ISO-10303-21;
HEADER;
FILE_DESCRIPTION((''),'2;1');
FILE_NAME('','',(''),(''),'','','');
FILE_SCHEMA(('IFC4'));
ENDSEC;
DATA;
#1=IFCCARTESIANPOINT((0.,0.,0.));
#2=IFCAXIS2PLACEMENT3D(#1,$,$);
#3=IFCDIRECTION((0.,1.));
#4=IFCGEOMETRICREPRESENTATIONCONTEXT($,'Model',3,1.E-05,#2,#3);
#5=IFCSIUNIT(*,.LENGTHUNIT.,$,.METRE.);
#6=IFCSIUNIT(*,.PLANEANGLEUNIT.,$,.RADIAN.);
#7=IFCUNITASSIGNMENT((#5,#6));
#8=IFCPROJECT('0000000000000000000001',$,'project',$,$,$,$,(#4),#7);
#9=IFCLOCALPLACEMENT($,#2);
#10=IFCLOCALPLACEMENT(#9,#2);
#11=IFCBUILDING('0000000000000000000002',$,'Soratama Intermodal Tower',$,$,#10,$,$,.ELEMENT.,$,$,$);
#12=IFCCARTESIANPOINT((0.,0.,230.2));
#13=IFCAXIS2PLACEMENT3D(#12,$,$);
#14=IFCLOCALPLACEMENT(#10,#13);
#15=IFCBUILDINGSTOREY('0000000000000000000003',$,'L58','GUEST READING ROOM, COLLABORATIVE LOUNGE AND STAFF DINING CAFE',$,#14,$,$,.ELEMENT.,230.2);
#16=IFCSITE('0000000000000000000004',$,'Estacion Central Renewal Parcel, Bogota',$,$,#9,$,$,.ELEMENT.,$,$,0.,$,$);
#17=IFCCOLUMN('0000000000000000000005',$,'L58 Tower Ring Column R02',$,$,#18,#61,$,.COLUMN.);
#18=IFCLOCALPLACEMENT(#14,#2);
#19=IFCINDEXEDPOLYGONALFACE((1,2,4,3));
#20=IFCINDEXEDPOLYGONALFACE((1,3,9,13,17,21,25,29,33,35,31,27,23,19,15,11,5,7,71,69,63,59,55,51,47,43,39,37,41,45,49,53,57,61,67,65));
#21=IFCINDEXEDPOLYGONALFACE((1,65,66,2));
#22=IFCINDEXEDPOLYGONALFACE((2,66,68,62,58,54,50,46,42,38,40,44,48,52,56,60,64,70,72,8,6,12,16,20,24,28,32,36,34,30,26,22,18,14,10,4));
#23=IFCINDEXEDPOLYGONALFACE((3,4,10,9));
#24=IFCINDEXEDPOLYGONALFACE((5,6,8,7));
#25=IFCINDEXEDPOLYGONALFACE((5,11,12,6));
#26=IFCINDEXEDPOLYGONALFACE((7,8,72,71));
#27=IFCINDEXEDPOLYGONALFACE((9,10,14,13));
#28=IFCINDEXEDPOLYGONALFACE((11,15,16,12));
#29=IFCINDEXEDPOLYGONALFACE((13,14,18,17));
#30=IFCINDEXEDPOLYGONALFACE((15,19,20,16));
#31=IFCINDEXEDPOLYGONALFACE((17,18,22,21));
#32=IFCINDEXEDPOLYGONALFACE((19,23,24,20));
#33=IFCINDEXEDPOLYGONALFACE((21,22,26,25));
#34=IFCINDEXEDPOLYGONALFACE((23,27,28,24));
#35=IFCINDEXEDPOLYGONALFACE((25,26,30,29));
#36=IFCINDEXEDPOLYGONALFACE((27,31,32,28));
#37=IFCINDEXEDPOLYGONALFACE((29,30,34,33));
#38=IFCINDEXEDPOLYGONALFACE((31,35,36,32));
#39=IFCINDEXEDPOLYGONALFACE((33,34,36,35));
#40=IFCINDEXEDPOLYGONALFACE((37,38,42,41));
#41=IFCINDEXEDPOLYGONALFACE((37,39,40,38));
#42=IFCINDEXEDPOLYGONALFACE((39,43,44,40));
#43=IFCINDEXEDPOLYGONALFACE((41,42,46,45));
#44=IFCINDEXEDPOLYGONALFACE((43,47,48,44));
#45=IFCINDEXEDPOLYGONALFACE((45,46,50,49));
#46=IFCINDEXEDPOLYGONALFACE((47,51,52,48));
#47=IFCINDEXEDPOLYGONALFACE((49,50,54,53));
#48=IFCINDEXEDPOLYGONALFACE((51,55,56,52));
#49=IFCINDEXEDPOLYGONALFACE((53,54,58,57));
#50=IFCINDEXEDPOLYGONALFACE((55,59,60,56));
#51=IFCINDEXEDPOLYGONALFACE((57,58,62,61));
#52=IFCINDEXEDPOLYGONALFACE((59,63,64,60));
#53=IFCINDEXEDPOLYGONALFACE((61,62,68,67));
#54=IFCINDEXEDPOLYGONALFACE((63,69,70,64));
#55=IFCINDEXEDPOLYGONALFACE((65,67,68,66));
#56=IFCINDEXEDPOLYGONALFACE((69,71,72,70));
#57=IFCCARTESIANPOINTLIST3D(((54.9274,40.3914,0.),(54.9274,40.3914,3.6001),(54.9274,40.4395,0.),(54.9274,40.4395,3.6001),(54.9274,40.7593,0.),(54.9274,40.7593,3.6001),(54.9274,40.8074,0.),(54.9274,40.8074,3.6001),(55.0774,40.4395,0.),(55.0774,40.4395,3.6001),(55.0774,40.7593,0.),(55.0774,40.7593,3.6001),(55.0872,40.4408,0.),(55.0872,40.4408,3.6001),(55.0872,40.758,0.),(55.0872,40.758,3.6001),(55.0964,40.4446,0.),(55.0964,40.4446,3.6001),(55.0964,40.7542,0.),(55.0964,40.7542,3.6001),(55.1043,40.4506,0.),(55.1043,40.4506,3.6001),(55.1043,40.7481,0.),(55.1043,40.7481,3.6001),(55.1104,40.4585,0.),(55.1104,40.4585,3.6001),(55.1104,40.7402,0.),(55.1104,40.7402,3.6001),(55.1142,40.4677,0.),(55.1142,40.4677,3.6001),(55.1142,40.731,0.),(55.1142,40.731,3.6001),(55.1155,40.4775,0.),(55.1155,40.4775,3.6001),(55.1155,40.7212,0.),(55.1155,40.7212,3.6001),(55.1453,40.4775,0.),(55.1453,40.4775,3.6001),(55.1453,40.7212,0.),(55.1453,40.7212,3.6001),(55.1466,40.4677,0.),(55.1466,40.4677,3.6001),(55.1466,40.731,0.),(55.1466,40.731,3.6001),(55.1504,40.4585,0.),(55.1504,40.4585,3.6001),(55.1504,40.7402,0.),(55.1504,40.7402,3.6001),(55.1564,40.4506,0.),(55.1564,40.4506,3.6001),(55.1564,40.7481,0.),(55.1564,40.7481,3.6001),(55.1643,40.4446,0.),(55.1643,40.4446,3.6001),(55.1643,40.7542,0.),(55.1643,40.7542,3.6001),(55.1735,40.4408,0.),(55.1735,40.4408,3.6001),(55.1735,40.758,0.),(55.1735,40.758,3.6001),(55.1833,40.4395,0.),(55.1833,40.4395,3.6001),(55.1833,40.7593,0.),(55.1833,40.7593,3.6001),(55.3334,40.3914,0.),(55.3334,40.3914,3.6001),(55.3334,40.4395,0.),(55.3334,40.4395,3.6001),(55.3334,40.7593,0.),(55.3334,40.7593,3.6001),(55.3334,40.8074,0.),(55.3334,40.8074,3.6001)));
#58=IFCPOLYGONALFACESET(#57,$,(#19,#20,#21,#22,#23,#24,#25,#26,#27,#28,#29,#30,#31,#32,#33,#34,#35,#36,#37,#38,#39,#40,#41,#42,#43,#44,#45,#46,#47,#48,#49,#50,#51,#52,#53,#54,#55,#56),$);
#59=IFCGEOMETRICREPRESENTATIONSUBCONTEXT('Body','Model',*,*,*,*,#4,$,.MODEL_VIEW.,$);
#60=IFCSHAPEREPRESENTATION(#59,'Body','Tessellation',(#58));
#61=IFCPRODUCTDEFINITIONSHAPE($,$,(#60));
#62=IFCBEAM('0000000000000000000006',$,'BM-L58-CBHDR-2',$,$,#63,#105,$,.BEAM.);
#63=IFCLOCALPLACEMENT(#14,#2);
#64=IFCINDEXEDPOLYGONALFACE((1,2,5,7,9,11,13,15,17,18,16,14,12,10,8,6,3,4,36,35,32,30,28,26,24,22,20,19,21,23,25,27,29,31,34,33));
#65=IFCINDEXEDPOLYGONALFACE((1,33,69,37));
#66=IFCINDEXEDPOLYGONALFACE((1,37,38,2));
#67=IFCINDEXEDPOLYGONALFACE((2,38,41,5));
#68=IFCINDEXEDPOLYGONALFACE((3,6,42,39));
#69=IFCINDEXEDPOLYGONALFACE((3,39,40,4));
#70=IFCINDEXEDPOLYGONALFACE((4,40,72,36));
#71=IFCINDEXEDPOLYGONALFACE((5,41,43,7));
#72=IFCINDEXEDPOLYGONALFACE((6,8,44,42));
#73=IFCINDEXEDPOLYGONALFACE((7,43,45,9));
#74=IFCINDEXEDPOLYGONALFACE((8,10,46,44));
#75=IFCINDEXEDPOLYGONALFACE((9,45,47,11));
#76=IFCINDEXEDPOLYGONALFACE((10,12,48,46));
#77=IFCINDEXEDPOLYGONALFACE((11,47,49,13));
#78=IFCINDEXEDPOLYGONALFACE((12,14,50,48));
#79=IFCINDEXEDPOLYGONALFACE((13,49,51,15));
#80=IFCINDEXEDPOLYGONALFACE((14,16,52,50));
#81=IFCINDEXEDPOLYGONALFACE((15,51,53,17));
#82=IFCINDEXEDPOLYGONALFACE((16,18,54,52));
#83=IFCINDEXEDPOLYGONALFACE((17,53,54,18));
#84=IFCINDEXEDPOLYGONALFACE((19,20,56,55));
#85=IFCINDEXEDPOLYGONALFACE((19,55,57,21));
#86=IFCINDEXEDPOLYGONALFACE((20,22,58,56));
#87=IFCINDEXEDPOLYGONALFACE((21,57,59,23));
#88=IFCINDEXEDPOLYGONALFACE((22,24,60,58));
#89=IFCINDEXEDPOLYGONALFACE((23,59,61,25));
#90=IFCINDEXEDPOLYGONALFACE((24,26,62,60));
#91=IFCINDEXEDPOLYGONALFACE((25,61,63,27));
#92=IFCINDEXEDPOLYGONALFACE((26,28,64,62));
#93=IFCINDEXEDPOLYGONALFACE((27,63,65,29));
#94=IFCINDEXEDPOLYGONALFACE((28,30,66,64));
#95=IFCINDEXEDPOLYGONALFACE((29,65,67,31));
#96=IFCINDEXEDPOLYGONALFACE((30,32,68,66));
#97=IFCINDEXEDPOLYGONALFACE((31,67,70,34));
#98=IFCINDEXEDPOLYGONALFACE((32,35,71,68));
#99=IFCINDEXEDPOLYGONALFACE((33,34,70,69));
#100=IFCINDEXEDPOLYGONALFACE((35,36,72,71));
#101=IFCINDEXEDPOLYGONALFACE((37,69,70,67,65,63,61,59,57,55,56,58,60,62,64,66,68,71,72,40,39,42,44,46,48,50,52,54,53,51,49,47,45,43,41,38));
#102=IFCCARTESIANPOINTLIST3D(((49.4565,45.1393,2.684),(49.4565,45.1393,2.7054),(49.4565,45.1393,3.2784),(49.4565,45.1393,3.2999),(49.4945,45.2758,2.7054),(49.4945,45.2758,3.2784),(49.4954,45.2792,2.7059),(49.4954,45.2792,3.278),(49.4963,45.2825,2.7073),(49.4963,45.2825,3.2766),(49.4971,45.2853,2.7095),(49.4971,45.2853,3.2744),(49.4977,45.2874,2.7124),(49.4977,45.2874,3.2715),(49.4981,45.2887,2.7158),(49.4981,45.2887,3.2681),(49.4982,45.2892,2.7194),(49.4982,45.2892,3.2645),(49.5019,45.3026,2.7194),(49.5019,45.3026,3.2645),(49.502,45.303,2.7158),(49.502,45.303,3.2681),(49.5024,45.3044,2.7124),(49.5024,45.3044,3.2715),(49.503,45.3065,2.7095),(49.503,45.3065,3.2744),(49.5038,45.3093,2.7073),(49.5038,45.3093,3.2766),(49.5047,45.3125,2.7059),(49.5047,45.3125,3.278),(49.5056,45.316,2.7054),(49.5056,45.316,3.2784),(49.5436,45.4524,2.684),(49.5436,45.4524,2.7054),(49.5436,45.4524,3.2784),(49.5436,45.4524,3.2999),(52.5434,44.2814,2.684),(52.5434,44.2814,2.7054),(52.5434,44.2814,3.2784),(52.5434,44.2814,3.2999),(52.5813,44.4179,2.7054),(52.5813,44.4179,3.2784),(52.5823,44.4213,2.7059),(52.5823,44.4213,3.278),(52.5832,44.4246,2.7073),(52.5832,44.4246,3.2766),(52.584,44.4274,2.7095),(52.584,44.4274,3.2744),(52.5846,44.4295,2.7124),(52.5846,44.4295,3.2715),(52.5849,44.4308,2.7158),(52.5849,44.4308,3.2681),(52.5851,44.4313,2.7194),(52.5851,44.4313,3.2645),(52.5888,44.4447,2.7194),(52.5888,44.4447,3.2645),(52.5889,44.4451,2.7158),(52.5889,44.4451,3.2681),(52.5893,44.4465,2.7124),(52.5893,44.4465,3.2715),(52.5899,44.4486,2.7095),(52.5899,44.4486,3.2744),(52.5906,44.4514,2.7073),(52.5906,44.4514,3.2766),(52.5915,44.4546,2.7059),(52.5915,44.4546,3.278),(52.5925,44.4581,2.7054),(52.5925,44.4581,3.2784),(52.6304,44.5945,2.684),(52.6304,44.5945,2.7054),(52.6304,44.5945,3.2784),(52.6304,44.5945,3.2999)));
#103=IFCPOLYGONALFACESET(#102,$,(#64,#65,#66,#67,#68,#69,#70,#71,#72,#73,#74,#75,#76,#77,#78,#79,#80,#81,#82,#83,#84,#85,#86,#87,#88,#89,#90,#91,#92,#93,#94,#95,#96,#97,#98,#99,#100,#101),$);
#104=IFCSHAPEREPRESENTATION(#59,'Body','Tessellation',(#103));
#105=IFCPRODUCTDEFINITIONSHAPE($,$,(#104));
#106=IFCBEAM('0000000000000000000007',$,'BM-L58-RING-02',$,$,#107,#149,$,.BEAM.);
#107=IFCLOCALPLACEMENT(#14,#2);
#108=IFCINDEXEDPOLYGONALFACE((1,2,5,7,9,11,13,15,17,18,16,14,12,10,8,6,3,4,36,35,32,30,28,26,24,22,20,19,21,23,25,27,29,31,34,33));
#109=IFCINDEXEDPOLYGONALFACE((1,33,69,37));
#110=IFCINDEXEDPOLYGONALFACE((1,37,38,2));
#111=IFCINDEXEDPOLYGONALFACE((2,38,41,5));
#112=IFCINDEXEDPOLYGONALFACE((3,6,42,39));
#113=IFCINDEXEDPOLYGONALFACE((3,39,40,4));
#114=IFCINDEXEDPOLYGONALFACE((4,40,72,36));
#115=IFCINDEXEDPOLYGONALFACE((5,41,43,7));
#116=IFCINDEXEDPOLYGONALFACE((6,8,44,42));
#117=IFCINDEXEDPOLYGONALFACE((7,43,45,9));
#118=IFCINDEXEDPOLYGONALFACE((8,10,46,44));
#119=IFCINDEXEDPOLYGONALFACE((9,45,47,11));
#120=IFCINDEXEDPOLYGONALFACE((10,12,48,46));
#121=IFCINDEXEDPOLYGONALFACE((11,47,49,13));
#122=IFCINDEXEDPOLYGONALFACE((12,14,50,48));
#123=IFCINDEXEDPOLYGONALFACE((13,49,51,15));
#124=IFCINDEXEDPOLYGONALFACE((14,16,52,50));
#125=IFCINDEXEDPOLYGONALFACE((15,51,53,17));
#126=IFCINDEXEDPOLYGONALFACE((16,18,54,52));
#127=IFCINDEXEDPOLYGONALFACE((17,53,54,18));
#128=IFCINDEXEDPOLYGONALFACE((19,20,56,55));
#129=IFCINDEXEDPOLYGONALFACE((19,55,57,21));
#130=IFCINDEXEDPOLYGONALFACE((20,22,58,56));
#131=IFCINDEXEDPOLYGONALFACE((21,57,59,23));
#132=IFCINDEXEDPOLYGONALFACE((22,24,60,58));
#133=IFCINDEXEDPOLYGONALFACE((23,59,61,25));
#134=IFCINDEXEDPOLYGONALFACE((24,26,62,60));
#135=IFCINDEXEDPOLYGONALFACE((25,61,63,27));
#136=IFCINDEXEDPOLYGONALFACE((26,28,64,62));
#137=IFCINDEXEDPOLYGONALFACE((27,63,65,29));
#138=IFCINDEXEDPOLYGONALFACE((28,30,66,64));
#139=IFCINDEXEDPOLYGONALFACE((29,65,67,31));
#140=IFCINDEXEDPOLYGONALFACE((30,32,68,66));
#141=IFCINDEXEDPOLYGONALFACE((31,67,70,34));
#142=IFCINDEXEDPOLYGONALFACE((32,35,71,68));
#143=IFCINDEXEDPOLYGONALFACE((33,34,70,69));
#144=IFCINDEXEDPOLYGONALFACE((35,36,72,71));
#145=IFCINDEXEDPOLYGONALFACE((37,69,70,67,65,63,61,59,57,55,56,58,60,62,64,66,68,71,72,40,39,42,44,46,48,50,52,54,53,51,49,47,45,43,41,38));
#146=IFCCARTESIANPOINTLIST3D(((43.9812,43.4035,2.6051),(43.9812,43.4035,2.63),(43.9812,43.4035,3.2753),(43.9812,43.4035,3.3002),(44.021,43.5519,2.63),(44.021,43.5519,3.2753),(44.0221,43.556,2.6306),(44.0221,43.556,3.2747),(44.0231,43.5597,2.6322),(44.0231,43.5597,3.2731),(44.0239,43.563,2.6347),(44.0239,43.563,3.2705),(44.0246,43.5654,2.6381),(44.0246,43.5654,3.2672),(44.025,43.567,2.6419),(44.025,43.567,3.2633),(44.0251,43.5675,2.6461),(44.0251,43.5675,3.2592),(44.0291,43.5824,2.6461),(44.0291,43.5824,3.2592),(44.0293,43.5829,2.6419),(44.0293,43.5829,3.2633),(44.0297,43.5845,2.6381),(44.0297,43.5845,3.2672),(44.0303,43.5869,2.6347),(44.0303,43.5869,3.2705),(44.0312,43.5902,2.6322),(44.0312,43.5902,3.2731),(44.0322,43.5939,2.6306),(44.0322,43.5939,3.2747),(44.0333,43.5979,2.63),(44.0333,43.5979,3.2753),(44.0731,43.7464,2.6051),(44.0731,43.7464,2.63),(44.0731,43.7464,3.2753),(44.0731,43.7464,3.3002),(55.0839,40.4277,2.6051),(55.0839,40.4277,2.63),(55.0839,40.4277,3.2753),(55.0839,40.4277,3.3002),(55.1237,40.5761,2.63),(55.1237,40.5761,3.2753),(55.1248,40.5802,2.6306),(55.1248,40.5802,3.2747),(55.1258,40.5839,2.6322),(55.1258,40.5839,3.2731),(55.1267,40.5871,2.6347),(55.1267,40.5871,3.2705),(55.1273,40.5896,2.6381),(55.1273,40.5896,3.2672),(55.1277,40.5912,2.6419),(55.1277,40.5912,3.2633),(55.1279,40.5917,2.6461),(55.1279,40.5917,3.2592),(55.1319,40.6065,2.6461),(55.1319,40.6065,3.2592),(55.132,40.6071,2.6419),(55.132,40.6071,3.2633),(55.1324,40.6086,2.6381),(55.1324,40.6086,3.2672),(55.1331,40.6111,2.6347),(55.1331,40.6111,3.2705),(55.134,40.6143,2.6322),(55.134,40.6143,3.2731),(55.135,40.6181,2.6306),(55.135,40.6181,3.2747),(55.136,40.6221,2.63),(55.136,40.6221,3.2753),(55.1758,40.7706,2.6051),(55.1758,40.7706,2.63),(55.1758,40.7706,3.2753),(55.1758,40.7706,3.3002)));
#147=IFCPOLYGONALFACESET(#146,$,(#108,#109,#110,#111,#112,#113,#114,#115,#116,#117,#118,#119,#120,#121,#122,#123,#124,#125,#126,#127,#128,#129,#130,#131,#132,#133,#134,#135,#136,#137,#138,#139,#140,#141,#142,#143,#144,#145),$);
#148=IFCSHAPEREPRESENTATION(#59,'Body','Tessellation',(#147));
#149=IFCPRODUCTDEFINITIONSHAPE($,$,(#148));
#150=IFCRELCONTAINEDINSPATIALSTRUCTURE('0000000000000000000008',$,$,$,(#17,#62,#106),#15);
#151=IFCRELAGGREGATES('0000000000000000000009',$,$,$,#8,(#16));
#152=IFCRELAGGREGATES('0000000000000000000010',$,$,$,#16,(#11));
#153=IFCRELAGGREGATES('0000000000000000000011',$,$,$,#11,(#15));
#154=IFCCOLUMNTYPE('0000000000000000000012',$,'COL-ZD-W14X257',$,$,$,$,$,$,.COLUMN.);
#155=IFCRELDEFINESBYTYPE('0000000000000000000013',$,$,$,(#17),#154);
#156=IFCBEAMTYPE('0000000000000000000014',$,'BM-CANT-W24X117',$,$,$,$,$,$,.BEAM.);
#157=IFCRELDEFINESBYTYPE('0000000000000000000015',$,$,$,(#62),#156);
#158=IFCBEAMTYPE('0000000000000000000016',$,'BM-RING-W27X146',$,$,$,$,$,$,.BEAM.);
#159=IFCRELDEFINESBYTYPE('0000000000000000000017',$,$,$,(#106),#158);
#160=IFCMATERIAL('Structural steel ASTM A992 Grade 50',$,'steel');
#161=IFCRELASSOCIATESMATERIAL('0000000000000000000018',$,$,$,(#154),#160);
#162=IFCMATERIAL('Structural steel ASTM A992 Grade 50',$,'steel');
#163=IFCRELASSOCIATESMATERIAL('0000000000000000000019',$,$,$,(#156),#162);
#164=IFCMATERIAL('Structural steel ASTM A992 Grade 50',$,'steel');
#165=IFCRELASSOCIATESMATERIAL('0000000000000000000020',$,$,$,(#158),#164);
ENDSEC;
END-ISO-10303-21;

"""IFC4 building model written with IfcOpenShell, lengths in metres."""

from ifc_helpers import new_model, si_unit, direction, frame, origin, origin_2d, place, context, subcontext, project, spatial, i_section, extrude, material, material_profile, profile_set, type_object, element, save


model = new_model("IFC4")

# Units and contexts
model_context = context("Model", 3, precision=1e-05, world=origin(), true_north=direction((0.0, 1.0)))
body_context = subcontext(model_context, "Body", "Model", "MODEL_VIEW")
ifc_project = project(units=[si_unit("LENGTHUNIT", "METRE"), si_unit("PLANEANGLEUNIT", "RADIAN")], contexts=[model_context])

# Site, building, storey
site_placement = place(None, origin())
site = spatial("IfcSite", under=ifc_project, at=site_placement, Name="Estacion Central Renewal Parcel, Bogota", CompositionType="ELEMENT", RefElevation=0.0)
building_placement = place(site_placement, origin())
building = spatial("IfcBuilding", under=site, at=building_placement, Name="Soratama Intermodal Tower", CompositionType="ELEMENT")
storey_placement = place(building_placement, frame((0.0, 0.0, 230.2)))
storey = spatial("IfcBuildingStorey", under=building, at=storey_placement, Name="L58", Description="GUEST READING ROOM, COLLABORATIVE LOUNGE AND STAFF DINING CAFE", CompositionType="ELEMENT", Elevation=230.2)

# Column
ifc_material_1 = material(Name="Structural steel ASTM A992 Grade 50", Category="steel")
ifc_material_profile_1 = material_profile(ifc_material_1, i_section(OverallWidth=0.406, OverallDepth=0.416, WebThickness=0.0298, FlangeThickness=0.0481, FilletRadius=0.0381, at=origin_2d()), Name="W14X257")
ifc_profile_set_1 = profile_set([ifc_material_profile_1], Name="Structural steel ASTM A992 Grade 50")
column_type = type_object("IfcColumnType", Name="COL-ZD-W14X257", PredefinedType="COLUMN", material=ifc_profile_set_1)
column_placement = place(storey_placement, frame((55.1304, 40.5994, 0.0), z_axis=(0.0, 0.0, 1.0), x_axis=(1.0, 0.0, 0.0)))
element("IfcColumn", 1, at=column_placement, inside=storey, type_object=column_type, Name="L58 Tower Ring Column R02", PredefinedType="COLUMN", context=body_context, shape_type="SweptSolid", body=[
    extrude(i_section(OverallWidth=0.406, OverallDepth=0.416, WebThickness=0.0298, FlangeThickness=0.0481, FilletRadius=0.0381, at=origin_2d()), origin(), (0.0, 0.0, 1.0), 3.6001),
])

# Beams
ifc_material_2 = material(Name="Structural steel ASTM A992 Grade 50", Category="steel")
ifc_material_profile_2 = material_profile(ifc_material_2, i_section(OverallWidth=0.325, OverallDepth=0.616, WebThickness=0.0139, FlangeThickness=0.0215, FilletRadius=0.0139, at=origin_2d()), Name="W24X117")
ifc_profile_set_2 = profile_set([ifc_material_profile_2], Name="Structural steel ASTM A992 Grade 50")
beam_type_1 = type_object("IfcBeamType", Name="BM-CANT-W24X117", PredefinedType="BEAM", material=ifc_profile_set_2)
beam_1_placement = place(storey_placement, frame((52.5869, 44.438, 2.9919), z_axis=(-0.963483, 0.26777, 0.0), x_axis=(-0.26777, -0.963483, 0.0)))
element("IfcBeam", 2, at=beam_1_placement, inside=storey, type_object=beam_type_1, Name="BM-L58-CBHDR-2", PredefinedType="BEAM", context=body_context, shape_type="SweptSolid", body=[
    extrude(i_section(OverallWidth=0.325, OverallDepth=0.616, WebThickness=0.0139, FlangeThickness=0.0215, FilletRadius=0.0139, at=origin_2d()), origin(), (0.0, 0.0, 1.0), 3.2039),
])
ifc_material_3 = material(Name="Structural steel ASTM A992 Grade 50", Category="steel")
ifc_material_profile_3 = material_profile(ifc_material_3, i_section(OverallWidth=0.355, OverallDepth=0.6951, WebThickness=0.0154, FlangeThickness=0.0249, FilletRadius=0.0161, at=origin_2d()), Name="W27X146")
ifc_profile_set_3 = profile_set([ifc_material_profile_3], Name="Structural steel ASTM A992 Grade 50")
beam_type_2 = type_object("IfcBeamType", Name="BM-RING-W27X146", PredefinedType="BEAM", material=ifc_profile_set_3)
beam_2_placement = place(storey_placement, frame((55.1299, 40.5991, 2.9526), z_axis=(-0.965907, 0.258888, 0.0), x_axis=(-0.258888, -0.965907, 0.0)))
element("IfcBeam", 3, at=beam_2_placement, inside=storey, type_object=beam_type_2, Name="BM-L58-RING-02", PredefinedType="BEAM", context=body_context, shape_type="SweptSolid", body=[
    extrude(i_section(OverallWidth=0.355, OverallDepth=0.6951, WebThickness=0.0154, FlangeThickness=0.0249, FilletRadius=0.0161, at=origin_2d()), origin(), (0.0, 0.0, 1.0), 11.4946),
])

save(model, "model.ifc")
